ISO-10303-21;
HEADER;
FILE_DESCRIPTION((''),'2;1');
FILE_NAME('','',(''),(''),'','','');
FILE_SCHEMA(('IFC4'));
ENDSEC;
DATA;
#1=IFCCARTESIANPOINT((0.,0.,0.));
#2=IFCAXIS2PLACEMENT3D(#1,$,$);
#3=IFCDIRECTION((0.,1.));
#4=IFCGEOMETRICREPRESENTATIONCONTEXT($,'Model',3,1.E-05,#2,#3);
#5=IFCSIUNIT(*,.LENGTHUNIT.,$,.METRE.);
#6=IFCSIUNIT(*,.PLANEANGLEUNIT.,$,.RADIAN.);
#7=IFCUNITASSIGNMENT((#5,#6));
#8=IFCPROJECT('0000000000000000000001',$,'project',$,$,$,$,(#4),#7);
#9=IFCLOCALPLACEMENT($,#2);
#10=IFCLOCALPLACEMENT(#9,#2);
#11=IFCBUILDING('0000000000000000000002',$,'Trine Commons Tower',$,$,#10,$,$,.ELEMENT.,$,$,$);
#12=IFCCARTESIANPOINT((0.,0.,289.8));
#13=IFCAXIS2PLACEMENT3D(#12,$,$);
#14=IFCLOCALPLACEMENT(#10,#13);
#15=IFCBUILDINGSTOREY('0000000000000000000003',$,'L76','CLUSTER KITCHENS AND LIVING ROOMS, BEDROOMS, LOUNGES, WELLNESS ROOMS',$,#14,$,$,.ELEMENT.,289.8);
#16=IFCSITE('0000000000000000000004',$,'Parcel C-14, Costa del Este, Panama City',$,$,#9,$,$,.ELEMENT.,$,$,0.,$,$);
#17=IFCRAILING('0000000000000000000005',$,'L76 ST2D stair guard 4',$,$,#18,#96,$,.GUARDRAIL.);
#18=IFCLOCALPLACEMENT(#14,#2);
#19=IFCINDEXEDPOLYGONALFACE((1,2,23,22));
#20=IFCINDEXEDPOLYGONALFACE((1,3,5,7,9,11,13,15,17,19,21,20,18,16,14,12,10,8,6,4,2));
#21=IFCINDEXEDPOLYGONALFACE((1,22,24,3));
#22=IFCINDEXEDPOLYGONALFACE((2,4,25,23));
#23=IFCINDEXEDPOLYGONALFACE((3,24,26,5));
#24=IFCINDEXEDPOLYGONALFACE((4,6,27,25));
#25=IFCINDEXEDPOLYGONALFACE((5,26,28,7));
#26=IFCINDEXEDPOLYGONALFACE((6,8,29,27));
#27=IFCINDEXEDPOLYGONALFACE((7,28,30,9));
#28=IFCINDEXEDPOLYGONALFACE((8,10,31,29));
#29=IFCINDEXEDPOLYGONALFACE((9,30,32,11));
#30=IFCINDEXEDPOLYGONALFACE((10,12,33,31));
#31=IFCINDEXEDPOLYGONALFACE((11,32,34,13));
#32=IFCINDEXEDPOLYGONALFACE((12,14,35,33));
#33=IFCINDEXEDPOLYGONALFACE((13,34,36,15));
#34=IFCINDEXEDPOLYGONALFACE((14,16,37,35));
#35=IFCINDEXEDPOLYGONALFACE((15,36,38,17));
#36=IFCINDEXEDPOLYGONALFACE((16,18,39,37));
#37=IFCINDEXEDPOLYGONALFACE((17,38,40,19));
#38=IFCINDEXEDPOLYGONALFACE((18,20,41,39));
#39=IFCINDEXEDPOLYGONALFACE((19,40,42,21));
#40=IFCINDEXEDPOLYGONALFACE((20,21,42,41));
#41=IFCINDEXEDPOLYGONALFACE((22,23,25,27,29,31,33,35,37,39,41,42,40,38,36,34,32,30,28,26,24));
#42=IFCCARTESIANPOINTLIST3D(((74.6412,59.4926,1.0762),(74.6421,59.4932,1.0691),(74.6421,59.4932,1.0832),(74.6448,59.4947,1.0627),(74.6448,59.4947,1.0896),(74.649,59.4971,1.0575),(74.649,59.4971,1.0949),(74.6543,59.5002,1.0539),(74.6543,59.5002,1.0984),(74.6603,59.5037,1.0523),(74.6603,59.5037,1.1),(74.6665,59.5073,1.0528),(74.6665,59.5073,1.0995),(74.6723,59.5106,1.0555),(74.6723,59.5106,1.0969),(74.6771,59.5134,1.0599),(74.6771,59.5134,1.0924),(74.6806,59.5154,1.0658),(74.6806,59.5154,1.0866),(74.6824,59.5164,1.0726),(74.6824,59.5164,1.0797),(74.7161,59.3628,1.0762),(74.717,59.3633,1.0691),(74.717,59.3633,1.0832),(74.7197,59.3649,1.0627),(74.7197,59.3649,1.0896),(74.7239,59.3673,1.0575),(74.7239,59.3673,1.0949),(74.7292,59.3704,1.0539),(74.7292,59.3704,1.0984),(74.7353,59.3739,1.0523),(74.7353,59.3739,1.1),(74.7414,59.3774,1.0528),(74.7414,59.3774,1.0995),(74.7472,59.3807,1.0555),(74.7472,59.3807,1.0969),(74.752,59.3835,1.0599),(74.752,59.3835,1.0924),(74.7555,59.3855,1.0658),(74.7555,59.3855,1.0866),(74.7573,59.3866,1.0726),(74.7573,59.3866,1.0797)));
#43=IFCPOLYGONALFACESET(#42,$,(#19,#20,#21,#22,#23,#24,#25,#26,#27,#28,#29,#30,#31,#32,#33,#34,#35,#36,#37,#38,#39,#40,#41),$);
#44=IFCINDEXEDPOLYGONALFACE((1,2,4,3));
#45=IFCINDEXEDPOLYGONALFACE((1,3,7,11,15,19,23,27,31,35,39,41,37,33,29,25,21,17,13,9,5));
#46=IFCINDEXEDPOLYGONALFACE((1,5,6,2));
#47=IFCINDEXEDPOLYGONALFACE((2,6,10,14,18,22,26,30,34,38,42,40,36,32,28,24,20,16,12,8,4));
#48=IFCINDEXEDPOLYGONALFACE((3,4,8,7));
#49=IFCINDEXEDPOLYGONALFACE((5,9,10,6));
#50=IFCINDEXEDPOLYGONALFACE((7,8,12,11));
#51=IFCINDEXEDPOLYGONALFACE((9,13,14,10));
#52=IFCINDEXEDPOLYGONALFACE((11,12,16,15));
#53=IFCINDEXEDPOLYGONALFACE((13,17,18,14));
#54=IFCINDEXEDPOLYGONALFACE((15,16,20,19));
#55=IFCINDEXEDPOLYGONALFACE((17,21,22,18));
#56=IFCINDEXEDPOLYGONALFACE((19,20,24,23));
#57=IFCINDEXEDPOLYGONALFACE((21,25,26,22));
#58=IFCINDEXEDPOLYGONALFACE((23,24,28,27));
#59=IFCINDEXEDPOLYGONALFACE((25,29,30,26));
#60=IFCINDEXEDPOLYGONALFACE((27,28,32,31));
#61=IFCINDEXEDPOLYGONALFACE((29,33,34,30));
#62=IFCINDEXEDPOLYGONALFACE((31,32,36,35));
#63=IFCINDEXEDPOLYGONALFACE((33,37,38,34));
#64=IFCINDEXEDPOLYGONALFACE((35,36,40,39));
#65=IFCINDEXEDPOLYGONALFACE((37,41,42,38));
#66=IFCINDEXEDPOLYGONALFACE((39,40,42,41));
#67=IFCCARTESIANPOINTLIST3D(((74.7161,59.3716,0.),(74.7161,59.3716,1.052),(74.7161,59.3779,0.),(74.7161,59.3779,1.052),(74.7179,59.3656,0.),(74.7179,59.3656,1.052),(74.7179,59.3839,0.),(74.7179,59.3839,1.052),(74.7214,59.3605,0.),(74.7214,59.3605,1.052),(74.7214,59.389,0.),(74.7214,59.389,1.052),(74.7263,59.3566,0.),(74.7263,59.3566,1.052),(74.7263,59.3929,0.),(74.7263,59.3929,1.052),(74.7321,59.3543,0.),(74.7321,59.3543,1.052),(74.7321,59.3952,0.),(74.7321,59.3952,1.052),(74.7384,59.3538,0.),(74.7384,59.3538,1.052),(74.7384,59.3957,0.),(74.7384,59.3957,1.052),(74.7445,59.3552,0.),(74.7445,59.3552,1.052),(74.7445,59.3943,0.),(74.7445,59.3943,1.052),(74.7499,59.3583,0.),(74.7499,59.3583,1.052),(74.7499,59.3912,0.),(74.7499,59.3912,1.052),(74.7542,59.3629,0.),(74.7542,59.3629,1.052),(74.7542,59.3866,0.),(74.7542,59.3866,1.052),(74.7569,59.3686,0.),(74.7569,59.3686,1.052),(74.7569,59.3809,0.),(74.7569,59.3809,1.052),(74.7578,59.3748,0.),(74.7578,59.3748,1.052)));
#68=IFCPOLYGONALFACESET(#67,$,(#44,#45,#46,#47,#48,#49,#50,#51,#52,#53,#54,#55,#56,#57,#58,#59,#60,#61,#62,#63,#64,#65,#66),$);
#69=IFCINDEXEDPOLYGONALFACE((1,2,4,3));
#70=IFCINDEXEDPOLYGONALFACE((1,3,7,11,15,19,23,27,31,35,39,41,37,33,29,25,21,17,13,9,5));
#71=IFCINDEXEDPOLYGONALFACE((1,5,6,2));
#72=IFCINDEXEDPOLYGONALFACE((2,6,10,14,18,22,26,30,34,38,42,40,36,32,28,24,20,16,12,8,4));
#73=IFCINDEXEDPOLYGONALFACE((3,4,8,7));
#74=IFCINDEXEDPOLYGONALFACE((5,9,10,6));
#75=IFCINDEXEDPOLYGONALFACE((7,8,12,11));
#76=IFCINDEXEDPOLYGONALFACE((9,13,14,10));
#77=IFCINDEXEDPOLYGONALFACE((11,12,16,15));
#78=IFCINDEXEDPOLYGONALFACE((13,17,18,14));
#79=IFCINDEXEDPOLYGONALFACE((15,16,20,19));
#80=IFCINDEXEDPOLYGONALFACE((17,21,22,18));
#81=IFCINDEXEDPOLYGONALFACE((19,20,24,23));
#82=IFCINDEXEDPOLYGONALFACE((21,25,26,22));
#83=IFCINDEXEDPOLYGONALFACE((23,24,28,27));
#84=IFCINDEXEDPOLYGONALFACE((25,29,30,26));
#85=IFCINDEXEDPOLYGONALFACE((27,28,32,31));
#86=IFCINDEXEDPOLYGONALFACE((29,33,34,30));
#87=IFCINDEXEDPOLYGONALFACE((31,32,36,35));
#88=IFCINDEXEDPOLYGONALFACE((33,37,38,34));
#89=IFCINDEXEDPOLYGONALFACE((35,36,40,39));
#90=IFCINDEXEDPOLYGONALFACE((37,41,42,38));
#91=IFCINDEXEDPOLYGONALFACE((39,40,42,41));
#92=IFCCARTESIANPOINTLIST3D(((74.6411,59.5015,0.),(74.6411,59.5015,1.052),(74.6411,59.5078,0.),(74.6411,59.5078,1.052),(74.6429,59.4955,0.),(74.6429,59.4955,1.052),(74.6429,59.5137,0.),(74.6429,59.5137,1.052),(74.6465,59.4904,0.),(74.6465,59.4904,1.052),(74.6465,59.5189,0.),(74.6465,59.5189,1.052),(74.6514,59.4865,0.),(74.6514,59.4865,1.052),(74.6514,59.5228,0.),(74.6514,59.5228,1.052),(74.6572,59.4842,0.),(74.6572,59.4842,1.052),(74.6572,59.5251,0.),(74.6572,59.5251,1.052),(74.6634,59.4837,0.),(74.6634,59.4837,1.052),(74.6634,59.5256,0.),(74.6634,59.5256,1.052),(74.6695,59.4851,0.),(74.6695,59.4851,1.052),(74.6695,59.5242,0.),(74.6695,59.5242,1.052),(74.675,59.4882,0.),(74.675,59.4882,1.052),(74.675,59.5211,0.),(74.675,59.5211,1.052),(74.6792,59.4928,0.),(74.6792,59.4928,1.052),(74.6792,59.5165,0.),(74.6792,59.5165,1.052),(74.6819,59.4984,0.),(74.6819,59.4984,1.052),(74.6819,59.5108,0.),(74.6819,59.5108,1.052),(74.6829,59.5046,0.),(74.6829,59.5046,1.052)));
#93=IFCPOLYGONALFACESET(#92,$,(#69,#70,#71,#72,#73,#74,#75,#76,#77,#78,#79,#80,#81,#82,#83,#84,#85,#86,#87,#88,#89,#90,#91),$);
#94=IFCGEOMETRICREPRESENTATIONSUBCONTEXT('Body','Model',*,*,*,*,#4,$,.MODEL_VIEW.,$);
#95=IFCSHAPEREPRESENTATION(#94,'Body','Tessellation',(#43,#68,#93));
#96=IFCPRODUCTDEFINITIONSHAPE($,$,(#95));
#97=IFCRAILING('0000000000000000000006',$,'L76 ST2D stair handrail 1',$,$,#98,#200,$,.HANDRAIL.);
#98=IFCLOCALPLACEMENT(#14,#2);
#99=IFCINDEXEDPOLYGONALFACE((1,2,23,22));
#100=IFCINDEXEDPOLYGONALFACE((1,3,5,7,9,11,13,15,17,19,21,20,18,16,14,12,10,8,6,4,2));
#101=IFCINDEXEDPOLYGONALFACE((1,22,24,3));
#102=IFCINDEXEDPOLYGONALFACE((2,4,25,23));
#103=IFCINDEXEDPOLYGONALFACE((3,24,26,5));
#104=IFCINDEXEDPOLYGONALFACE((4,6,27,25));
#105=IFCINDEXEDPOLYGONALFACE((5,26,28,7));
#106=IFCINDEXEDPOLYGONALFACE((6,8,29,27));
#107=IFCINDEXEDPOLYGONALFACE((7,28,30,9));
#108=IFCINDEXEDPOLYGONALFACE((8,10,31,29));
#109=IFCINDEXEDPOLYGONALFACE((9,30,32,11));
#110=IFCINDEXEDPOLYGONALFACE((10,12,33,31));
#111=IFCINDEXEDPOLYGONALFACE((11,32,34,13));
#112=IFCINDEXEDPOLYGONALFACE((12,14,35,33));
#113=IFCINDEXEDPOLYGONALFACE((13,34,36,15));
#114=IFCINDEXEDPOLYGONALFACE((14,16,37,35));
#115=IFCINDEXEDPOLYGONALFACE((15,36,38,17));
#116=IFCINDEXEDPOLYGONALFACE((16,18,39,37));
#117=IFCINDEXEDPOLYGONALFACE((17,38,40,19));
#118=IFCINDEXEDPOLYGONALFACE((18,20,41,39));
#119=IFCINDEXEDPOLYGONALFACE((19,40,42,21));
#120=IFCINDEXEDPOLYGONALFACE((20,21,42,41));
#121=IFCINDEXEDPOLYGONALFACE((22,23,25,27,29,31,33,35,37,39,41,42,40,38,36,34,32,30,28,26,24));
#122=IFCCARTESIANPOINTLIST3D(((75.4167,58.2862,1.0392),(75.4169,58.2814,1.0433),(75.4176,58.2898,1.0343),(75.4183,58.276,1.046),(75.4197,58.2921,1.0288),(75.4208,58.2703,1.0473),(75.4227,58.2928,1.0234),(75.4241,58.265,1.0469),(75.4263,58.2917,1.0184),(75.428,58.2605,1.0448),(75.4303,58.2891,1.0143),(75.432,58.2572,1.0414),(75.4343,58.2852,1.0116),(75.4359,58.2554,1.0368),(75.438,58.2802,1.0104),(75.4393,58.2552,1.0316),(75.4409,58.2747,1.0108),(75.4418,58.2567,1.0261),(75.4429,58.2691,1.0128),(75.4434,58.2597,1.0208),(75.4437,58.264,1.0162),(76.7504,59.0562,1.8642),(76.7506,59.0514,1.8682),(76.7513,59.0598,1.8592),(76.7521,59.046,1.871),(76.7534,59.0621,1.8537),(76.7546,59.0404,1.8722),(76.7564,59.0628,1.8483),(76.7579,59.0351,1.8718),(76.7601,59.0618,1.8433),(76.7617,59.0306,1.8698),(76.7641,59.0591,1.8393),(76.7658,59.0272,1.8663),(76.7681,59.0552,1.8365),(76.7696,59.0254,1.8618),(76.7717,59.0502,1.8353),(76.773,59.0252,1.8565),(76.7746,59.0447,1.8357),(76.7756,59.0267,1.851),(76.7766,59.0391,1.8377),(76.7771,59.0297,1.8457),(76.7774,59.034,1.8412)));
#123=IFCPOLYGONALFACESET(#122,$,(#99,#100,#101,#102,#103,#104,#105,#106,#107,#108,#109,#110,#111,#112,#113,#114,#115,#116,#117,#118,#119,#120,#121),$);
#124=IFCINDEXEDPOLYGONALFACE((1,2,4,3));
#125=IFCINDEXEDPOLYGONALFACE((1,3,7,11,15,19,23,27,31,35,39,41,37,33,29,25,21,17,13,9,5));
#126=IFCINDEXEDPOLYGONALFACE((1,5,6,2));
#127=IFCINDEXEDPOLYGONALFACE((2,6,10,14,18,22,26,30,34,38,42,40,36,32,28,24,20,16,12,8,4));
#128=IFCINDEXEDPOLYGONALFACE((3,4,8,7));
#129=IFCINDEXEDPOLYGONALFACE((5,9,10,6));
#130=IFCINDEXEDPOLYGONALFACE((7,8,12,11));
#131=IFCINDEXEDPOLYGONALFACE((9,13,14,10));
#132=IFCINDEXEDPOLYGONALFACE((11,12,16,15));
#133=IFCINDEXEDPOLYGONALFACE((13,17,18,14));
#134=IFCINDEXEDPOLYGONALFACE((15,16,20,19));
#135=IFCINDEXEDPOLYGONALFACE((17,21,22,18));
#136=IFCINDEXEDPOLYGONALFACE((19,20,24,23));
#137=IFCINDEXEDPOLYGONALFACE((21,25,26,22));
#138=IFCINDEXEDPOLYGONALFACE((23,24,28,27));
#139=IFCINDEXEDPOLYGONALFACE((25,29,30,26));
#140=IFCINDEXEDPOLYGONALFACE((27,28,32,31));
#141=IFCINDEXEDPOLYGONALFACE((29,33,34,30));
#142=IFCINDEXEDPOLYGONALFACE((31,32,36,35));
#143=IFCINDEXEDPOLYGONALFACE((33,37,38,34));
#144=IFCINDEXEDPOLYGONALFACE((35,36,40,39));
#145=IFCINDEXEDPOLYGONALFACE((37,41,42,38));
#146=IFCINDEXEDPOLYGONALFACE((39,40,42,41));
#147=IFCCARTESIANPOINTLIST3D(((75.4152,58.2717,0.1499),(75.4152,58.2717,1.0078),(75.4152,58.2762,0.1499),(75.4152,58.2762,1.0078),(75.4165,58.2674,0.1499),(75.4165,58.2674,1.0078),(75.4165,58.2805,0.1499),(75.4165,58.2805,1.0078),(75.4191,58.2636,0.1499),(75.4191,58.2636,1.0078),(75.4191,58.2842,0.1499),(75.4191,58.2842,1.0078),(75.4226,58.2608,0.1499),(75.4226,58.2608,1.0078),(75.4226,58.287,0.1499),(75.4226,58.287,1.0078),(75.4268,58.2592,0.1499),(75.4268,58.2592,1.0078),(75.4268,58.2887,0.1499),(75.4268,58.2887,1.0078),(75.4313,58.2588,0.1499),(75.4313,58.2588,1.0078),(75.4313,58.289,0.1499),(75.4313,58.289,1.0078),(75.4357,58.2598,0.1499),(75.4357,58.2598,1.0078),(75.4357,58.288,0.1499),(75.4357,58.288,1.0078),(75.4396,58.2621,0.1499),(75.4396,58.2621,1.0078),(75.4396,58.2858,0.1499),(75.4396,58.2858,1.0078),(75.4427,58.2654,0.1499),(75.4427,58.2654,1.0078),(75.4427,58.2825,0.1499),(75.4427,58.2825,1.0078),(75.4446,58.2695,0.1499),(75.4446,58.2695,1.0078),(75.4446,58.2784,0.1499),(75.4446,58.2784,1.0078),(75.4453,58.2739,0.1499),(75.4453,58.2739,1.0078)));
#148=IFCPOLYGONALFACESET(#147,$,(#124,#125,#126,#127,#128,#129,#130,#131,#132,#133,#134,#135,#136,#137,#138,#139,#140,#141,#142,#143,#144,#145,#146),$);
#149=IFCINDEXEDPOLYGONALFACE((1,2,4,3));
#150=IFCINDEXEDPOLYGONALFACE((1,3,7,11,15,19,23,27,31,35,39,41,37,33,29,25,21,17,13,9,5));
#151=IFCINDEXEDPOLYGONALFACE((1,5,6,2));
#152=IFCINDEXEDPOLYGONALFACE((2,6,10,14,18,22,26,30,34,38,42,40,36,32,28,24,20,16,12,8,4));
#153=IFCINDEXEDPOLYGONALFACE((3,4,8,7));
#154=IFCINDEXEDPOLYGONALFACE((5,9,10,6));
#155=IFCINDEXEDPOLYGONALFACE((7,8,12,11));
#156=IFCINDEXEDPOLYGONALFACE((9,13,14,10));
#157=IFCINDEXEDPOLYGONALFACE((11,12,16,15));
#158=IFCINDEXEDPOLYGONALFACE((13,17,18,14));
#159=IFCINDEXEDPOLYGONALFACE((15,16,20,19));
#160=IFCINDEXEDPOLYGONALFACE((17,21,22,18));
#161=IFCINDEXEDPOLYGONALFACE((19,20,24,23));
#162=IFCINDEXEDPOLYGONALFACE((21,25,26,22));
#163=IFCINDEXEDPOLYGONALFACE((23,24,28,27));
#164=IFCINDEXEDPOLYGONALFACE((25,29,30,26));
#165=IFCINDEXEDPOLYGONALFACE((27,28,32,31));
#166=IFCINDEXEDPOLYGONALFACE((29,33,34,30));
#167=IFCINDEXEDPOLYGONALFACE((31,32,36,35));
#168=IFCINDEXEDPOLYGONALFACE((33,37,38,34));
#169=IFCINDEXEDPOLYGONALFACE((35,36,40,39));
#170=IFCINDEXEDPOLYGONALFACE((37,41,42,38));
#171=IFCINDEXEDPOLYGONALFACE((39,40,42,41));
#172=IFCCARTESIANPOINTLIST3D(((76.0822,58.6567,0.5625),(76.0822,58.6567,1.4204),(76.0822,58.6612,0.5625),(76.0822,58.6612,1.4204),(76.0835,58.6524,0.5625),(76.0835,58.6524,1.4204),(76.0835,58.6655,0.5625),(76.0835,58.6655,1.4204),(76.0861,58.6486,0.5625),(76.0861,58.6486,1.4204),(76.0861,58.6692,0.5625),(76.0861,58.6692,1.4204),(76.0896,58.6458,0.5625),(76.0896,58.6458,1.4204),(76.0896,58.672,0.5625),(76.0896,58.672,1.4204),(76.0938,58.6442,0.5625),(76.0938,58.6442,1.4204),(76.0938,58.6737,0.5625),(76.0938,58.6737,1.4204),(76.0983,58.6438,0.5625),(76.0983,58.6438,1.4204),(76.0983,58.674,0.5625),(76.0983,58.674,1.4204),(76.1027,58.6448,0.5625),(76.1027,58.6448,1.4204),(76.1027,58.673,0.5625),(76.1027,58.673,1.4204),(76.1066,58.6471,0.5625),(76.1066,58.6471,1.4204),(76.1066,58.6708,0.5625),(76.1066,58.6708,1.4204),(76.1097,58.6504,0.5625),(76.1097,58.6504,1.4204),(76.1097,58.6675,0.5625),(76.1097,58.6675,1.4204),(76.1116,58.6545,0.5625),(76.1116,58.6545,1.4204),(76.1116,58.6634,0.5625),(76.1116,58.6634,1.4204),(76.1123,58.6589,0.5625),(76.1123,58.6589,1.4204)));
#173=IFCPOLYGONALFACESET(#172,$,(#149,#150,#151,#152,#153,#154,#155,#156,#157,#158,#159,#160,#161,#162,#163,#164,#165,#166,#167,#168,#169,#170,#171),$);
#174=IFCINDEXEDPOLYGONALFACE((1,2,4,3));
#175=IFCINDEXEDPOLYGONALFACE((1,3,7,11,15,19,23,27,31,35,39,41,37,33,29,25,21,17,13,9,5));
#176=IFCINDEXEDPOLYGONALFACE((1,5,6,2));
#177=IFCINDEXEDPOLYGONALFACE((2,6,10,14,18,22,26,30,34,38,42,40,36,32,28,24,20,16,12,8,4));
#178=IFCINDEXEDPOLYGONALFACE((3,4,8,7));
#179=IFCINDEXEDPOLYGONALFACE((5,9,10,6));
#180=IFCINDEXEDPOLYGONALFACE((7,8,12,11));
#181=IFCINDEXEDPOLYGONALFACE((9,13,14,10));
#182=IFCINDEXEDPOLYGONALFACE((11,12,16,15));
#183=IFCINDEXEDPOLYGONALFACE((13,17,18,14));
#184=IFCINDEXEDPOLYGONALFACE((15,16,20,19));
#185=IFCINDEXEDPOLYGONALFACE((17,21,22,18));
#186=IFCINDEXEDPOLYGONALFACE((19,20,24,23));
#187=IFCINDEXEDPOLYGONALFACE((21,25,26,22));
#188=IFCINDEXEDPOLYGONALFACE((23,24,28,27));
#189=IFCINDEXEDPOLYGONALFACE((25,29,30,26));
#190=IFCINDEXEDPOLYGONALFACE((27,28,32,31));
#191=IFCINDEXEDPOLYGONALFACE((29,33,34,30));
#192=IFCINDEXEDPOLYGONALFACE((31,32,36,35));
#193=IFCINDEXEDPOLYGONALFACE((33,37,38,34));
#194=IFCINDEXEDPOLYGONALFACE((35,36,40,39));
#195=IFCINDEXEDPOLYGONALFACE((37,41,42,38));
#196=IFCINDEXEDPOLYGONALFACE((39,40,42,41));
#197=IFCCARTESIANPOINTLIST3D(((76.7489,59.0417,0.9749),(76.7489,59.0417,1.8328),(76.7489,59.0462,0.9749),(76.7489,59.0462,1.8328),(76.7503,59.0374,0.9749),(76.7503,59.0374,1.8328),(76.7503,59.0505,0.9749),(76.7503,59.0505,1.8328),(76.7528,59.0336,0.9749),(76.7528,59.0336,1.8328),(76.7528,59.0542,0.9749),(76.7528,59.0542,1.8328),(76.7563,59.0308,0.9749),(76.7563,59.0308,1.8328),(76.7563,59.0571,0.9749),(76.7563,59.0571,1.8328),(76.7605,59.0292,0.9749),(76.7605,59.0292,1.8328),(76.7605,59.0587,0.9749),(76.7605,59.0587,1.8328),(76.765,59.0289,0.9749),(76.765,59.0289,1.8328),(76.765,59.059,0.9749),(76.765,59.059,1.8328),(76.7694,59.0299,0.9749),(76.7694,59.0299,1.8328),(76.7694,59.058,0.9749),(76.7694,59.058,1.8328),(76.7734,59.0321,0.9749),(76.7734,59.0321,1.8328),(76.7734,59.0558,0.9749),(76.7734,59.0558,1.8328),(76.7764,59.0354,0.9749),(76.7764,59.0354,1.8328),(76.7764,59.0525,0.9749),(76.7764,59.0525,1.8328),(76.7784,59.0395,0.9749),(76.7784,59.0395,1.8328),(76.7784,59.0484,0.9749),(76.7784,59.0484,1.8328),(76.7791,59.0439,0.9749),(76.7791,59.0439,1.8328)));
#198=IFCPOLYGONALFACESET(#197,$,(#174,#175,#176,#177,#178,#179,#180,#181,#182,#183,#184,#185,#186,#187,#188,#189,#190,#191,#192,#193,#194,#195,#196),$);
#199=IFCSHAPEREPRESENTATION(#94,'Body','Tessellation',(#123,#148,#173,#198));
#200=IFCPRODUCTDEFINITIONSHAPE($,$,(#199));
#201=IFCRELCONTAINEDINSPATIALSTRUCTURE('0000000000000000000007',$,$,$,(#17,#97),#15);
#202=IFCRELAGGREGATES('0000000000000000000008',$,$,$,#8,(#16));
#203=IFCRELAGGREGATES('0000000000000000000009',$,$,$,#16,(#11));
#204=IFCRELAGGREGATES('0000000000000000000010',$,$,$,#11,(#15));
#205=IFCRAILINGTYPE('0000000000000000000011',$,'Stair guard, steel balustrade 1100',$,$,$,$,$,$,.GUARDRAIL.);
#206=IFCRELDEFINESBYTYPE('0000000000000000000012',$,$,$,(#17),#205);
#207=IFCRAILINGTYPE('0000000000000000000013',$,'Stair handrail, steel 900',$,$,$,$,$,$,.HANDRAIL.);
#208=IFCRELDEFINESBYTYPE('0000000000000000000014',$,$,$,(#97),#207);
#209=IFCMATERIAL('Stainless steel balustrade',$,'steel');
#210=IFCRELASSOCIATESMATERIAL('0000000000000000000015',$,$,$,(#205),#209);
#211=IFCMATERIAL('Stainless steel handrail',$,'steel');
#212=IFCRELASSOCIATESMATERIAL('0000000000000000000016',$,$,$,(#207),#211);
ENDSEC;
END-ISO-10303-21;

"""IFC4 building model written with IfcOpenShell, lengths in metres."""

from ifc_helpers import new_model, si_unit, direction, frame, origin, origin_2d, place, context, subcontext, project, spatial, circle, extrude, material, type_object, element, save


model = new_model("IFC4")

# Units and contexts
model_context = context("Model", 3, precision=1e-05, world=origin(), true_north=direction((0.0, 1.0)))
body_context = subcontext(model_context, "Body", "Model", "MODEL_VIEW")
ifc_project = project(units=[si_unit("LENGTHUNIT", "METRE"), si_unit("PLANEANGLEUNIT", "RADIAN")], contexts=[model_context])

# Site, building, storey
site_placement = place(None, origin())
site = spatial("IfcSite", under=ifc_project, at=site_placement, Name="Parcel C-14, Costa del Este, Panama City", CompositionType="ELEMENT", RefElevation=0.0)
building_placement = place(site_placement, origin())
building = spatial("IfcBuilding", under=site, at=building_placement, Name="Trine Commons Tower", CompositionType="ELEMENT")
storey_placement = place(building_placement, frame((0.0, 0.0, 289.8)))
storey = spatial("IfcBuildingStorey", under=building, at=storey_placement, Name="L76", Description="CLUSTER KITCHENS AND LIVING ROOMS, BEDROOMS, LOUNGES, WELLNESS ROOMS", CompositionType="ELEMENT", Elevation=289.8)

# Railings
ifc_material_1 = material(Name="Stainless steel balustrade", Category="steel")
railing_type_1 = type_object("IfcRailingType", Name="Stair guard, steel balustrade 1100", PredefinedType="GUARDRAIL", material=ifc_material_1)
railing_1_placement = place(storey_placement, frame((74.7368, 59.3748, 0.0)))
element("IfcRailing", 1, at=railing_1_placement, inside=storey, type_object=railing_type_1, Name="L76 ST2D stair guard 4", PredefinedType="GUARDRAIL", context=body_context, shape_type="SweptSolid", body=[
    extrude(circle(Radius=0.0239, at=origin_2d()), frame((0.0, 0.0, 1.0762), z_axis=(-0.499816, 0.866131, 0.0), x_axis=(-0.866131, -0.499816, 0.0)), (0.0, 0.0, 1.0), 0.1499),
    extrude(circle(Radius=0.021, at=origin_2d()), origin(), (0.0, 0.0, 1.0), 1.052),
    extrude(circle(Radius=0.021, at=origin_2d()), frame((-0.075, 0.1299, 0.0)), (0.0, 0.0, 1.0), 1.052),
])
ifc_material_2 = material(Name="Stainless steel handrail", Category="steel")
railing_type_2 = type_object("IfcRailingType", Name="Stair handrail, steel 900", PredefinedType="HANDRAIL", material=ifc_material_2)
railing_2_placement = place(storey_placement, frame((75.4302, 58.2739, 0.1499)))
element("IfcRailing", 2, at=railing_2_placement, inside=storey, type_object=railing_type_2, Name="L76 ST2D stair handrail 1", PredefinedType="HANDRAIL", context=body_context, shape_type="SweptSolid", body=[
    extrude(circle(Radius=0.021, at=origin_2d()), frame((0.0, 0.0, 0.8789), z_axis=(0.763405, 0.440743, 0.472185), x_axis=(-0.499992, 0.86603, 0.0)), (0.0, 0.0, 1.0), 1.7471),
    extrude(circle(Radius=0.0151, at=origin_2d()), origin(), (0.0, 0.0, 1.0), 0.8579),
    extrude(circle(Radius=0.0151, at=origin_2d()), frame((0.667, 0.385, 0.4126)), (0.0, 0.0, 1.0), 0.8579),
    extrude(circle(Radius=0.0151, at=origin_2d()), frame((1.3337, 0.77, 0.825)), (0.0, 0.0, 1.0), 0.8579),
])

save(model, "model.ifc")
